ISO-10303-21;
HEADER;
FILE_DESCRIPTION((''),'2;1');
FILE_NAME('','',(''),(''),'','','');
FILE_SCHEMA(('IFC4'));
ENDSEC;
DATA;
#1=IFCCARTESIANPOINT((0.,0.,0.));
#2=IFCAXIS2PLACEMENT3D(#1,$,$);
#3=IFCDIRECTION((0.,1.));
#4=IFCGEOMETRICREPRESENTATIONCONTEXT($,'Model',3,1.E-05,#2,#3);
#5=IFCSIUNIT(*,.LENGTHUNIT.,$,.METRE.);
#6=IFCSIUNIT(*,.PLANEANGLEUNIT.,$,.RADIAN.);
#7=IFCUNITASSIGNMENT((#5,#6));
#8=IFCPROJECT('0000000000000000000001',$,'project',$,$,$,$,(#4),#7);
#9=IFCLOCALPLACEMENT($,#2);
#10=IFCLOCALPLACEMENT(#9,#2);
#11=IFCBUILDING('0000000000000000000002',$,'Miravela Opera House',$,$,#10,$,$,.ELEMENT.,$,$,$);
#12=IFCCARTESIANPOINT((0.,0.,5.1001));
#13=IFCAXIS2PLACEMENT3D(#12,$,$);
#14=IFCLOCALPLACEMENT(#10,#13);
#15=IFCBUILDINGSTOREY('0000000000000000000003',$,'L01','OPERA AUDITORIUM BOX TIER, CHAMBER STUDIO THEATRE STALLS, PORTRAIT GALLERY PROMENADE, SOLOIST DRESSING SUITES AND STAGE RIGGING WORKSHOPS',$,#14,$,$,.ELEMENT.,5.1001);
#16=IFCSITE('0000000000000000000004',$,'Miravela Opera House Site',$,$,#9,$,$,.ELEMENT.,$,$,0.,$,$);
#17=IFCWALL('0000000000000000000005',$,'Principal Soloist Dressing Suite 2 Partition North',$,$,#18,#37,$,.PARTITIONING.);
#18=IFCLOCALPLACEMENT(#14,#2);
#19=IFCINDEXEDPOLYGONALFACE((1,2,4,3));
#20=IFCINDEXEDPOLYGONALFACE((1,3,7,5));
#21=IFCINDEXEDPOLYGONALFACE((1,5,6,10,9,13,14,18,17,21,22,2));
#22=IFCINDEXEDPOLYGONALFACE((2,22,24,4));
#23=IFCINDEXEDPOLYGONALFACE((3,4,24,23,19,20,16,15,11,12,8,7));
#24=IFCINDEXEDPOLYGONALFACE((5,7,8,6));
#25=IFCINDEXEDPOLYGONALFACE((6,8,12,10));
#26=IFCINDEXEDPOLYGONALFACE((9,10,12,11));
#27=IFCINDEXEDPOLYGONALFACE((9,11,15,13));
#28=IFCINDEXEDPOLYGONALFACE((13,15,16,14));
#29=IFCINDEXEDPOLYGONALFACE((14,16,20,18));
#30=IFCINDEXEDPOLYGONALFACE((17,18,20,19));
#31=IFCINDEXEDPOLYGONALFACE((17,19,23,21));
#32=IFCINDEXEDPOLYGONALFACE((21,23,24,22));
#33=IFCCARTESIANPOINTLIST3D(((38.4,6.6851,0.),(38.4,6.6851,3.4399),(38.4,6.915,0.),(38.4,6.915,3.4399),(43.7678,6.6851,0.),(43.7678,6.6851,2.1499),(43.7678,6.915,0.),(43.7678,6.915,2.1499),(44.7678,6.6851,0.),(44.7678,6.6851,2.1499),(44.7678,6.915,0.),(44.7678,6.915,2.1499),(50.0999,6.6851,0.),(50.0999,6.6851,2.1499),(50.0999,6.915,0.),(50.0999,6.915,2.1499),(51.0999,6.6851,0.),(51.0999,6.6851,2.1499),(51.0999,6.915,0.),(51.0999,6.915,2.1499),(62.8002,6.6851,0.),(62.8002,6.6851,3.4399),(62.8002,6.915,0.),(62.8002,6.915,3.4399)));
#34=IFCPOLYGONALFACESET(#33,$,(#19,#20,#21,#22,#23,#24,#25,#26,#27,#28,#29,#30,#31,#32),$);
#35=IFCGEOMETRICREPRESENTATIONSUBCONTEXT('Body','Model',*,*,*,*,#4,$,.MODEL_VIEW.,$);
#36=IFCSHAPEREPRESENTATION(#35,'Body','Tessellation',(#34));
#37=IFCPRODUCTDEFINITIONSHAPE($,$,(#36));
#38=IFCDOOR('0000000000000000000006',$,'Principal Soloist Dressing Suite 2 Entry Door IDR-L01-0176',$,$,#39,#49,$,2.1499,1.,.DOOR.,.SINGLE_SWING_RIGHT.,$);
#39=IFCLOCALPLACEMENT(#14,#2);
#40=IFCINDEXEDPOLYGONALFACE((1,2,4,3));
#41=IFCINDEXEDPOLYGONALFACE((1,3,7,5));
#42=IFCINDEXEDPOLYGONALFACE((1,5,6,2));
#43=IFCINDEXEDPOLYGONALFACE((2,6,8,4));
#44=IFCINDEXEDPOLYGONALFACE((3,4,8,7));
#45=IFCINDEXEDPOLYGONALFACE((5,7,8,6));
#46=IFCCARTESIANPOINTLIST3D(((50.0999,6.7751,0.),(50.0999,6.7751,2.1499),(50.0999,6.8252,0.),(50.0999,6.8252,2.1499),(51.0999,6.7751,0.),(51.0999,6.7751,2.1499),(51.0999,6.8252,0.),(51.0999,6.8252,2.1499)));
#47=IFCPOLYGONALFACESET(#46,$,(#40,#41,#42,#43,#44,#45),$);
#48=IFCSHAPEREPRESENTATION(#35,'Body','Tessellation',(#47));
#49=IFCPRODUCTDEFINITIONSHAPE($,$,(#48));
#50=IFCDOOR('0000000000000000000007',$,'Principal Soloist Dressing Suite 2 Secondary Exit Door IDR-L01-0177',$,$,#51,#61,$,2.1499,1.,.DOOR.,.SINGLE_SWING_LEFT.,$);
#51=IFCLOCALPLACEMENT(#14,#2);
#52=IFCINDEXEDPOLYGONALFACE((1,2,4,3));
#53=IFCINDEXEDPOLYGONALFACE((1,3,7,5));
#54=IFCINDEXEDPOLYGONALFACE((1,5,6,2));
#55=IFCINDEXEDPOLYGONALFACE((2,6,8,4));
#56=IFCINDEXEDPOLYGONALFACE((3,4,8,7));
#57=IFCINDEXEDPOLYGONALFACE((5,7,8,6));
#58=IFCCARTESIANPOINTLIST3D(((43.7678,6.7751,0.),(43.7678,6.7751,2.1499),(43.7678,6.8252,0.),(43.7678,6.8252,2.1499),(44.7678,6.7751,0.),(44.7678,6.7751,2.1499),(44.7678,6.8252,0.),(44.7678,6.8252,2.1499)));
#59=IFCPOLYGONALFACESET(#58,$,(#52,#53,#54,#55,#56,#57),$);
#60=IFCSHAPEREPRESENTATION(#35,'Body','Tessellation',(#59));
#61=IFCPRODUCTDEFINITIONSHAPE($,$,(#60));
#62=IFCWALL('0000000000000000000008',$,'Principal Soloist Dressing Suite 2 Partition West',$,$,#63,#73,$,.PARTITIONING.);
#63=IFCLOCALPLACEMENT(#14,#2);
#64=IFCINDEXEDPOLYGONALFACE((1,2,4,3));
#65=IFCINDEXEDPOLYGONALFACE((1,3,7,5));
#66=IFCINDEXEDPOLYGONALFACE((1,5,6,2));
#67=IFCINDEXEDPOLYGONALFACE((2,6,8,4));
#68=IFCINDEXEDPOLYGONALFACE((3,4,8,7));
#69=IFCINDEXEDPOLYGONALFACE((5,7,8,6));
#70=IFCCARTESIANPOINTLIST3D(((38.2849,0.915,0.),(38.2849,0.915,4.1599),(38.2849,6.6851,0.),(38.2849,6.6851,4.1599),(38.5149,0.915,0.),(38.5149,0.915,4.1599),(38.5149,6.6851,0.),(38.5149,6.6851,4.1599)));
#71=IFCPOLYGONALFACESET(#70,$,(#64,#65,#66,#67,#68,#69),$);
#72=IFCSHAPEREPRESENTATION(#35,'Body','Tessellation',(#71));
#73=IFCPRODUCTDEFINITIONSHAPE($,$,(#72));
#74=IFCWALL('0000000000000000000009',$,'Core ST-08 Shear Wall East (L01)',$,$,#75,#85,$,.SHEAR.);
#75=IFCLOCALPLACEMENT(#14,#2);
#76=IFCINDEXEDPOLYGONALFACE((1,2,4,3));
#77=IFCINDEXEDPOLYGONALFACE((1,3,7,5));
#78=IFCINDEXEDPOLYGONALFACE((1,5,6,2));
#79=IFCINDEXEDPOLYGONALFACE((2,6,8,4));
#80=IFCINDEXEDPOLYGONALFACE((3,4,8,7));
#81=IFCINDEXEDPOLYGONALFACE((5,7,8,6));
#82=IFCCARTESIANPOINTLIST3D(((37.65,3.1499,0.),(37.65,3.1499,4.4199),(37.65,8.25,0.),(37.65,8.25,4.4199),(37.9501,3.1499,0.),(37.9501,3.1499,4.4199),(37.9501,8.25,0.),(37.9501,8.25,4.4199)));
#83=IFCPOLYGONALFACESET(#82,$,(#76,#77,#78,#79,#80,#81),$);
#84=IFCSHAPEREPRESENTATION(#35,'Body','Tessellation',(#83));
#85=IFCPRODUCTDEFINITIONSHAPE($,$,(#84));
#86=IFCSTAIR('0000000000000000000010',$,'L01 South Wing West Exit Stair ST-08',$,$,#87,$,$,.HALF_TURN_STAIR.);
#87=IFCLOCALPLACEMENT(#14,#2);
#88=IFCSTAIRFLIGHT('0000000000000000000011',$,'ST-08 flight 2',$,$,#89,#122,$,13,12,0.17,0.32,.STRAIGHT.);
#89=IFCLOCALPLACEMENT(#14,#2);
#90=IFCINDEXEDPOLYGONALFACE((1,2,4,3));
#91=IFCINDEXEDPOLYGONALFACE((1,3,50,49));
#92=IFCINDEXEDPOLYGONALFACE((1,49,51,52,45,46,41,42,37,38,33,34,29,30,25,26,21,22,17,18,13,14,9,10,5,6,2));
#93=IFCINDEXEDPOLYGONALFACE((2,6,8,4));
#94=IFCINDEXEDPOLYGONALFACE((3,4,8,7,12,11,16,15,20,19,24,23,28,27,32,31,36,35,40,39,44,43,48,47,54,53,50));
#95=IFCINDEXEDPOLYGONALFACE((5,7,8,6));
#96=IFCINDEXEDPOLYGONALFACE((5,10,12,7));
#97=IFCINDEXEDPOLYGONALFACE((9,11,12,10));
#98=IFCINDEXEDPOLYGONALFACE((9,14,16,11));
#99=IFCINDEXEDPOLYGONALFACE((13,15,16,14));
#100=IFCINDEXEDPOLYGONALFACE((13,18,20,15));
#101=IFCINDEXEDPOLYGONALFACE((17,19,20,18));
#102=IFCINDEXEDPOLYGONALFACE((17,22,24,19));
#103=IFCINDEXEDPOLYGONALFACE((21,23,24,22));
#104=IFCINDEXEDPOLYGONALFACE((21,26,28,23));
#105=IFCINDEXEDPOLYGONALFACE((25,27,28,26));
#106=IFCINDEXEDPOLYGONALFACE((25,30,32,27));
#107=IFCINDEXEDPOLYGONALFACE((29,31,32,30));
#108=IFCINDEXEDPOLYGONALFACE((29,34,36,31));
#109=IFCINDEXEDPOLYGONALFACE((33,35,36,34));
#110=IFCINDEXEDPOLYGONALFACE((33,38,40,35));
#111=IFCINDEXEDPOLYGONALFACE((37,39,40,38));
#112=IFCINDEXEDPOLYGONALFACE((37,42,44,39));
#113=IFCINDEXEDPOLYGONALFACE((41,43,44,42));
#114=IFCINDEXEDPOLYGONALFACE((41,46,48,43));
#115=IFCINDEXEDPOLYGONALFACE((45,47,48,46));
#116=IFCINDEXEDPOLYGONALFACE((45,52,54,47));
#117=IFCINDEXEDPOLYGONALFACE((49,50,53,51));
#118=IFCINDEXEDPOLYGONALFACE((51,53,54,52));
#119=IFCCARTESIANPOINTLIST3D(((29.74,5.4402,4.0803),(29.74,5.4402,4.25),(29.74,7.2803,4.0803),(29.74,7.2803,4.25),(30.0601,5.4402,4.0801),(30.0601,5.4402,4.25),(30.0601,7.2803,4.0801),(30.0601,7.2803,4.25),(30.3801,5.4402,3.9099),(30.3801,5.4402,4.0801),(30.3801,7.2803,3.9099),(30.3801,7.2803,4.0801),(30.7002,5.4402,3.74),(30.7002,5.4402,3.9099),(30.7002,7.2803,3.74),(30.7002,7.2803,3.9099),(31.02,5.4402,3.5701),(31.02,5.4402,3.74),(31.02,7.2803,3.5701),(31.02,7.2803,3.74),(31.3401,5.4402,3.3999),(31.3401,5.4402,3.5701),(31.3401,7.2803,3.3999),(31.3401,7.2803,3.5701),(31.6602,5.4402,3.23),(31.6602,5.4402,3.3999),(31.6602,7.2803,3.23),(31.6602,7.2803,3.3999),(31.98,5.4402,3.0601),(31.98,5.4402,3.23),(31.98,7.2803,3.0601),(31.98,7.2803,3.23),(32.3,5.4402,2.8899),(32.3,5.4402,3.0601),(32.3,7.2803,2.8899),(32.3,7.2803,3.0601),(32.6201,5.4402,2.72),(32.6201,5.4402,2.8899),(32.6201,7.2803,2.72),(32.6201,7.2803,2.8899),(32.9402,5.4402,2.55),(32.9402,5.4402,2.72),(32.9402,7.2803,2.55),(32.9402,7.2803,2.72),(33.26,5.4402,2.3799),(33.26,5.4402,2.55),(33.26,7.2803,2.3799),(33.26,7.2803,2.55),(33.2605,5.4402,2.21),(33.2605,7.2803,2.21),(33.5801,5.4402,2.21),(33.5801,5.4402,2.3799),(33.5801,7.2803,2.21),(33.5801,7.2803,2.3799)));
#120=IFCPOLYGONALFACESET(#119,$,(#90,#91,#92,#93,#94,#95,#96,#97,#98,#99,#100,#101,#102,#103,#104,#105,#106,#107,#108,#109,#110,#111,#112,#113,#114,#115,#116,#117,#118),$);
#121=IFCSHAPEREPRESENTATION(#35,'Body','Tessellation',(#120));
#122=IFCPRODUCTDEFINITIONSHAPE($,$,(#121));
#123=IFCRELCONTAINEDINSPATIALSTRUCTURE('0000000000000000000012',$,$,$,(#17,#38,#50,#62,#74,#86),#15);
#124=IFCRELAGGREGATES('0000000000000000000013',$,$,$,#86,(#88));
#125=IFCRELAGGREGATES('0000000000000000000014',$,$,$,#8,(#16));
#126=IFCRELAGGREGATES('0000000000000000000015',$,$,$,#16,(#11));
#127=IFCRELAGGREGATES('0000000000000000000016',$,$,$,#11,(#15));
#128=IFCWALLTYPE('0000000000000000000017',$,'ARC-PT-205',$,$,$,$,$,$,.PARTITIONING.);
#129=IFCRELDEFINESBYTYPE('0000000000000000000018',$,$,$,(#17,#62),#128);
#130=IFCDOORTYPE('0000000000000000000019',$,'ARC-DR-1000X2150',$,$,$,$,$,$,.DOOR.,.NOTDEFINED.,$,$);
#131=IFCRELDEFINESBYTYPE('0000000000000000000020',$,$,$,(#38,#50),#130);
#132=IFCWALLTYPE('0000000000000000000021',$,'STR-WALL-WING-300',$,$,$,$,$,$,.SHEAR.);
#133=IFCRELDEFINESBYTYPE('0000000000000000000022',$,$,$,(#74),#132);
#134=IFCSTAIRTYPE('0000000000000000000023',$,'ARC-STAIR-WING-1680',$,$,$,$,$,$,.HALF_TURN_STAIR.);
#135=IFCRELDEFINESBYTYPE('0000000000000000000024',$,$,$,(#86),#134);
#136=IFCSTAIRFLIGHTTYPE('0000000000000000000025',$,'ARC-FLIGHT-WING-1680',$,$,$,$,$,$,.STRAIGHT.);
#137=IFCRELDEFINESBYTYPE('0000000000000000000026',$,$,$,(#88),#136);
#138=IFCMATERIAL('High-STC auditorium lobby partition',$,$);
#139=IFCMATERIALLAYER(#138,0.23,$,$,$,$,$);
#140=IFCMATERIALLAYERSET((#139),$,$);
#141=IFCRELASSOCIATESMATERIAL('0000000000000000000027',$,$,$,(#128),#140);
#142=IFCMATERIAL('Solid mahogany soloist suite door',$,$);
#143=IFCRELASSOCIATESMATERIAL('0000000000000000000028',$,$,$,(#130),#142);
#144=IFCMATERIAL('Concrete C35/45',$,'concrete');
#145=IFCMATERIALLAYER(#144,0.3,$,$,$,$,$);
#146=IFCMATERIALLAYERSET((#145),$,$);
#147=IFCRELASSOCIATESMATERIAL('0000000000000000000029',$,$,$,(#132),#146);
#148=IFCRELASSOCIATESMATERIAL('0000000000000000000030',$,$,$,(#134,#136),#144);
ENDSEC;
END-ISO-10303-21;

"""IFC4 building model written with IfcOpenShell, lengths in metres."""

from ifc_helpers import new_model, si_unit, direction, frame, frame_2d, origin, place, context, subcontext, project, spatial, polyline, rectangle, outline, extrude, material, layer, layer_set, type_object, element, fill, aggregate, save


model = new_model("IFC4")

# Units and contexts
model_context = context("Model", 3, precision=1e-05, world=origin(), true_north=direction((0.0, 1.0)))
body_context = subcontext(model_context, "Body", "Model", "MODEL_VIEW")
ifc_project = project(units=[si_unit("LENGTHUNIT", "METRE"), si_unit("PLANEANGLEUNIT", "RADIAN")], contexts=[model_context])

# Site, building, storey
site_placement = place(None, origin())
site = spatial("IfcSite", under=ifc_project, at=site_placement, Name="Miravela Opera House Site", CompositionType="ELEMENT", RefElevation=0.0)
building_placement = place(site_placement, origin())
building = spatial("IfcBuilding", under=site, at=building_placement, Name="Miravela Opera House", CompositionType="ELEMENT")
storey_placement = place(building_placement, frame((0.0, 0.0, 5.1001)))
storey = spatial("IfcBuildingStorey", under=building, at=storey_placement, Name="L01", Description="OPERA AUDITORIUM BOX TIER, CHAMBER STUDIO THEATRE STALLS, PORTRAIT GALLERY PROMENADE, SOLOIST DRESSING SUITES AND STAGE RIGGING WORKSHOPS", CompositionType="ELEMENT", Elevation=5.1001)

# Shared definitions
ifc_material_1 = material(Name="Concrete C35/45", Category="concrete")

# Shared definitions
ifc_material_2 = material(Name="High-STC auditorium lobby partition")
ifc_layer_1 = layer(ifc_material_2, 0.23)
ifc_layer_set_1 = layer_set([ifc_layer_1])
wall_type_1 = type_object("IfcWallType", Name="ARC-PT-205", PredefinedType="PARTITIONING", material=ifc_layer_set_1)

# Wall, openings, doors
wall_1_placement = place(storey_placement, frame((38.3999, 6.8, 0.0), z_axis=(0.0, 0.0, 1.0), x_axis=(1.0, 0.0, 0.0)))
wall_1 = element("IfcWall", 1, at=wall_1_placement, inside=storey, type_object=wall_type_1, Name="Principal Soloist Dressing Suite 2 Partition North", PredefinedType="PARTITIONING", context=body_context, shape_type="SweptSolid", body=[
    extrude(rectangle(XDim=24.4001, YDim=0.23, at=frame_2d((12.2002, 0.0))), origin(), (0.0, 0.0, 1.0), 3.4399),
])
opening_1_placement = place(wall_1_placement, frame((11.7, 0.0, 0.0)))
opening_1 = element("IfcOpeningElement", 2, at=opening_1_placement, cuts=wall_1, PredefinedType="OPENING", context=body_context, shape_type="SweptSolid", body=[
    extrude(rectangle(XDim=1.0, YDim=2.1499, at=frame_2d((0.5, 1.075))), frame((0.0, 0.125, 0.0), z_axis=(0.0, -1.0, 0.0), x_axis=(1.0, 0.0, 0.0)), (0.0, 0.0, 1.0), 0.25),
])
opening_2_placement = place(wall_1_placement, frame((5.3679, 0.0, 0.0)))
opening_2 = element("IfcOpeningElement", 3, at=opening_2_placement, cuts=wall_1, PredefinedType="OPENING", context=body_context, shape_type="SweptSolid", body=[
    extrude(rectangle(XDim=1.0, YDim=2.1499, at=frame_2d((0.5, 1.075))), frame((0.0, 0.125, 0.0), z_axis=(0.0, -1.0, 0.0), x_axis=(1.0, 0.0, 0.0)), (0.0, 0.0, 1.0), 0.25),
])
ifc_material_3 = material(Name="Solid mahogany soloist suite door")
door_type = type_object("IfcDoorType", Name="ARC-DR-1000X2150", OperationType="NOTDEFINED", PredefinedType="DOOR", material=ifc_material_3)
door_1_placement = place(opening_1_placement, frame((1.0, 0.0, 0.0), z_axis=(0.0, 0.0, 1.0), x_axis=(-1.0, 0.0, 0.0)))
door_1 = element("IfcDoor", 4, at=door_1_placement, inside=storey, type_object=door_type, Name="Principal Soloist Dressing Suite 2 Entry Door IDR-L01-0176", OperationType="SINGLE_SWING_RIGHT", OverallHeight=2.1499, OverallWidth=1.0, PredefinedType="DOOR", context=body_context, shape_type="SweptSolid", body=[
    extrude(rectangle(XDim=1.0, YDim=2.1499, at=frame_2d((0.5, 1.075))), frame((0.0, 0.0249, 0.0), z_axis=(0.0, -1.0, 0.0), x_axis=(1.0, 0.0, 0.0)), (0.0, 0.0, 1.0), 0.05),
])
fill(opening_1, door_1)
door_2_placement = place(opening_2_placement, frame((1.0, 0.0, 0.0), z_axis=(0.0, 0.0, 1.0), x_axis=(-1.0, 0.0, 0.0)))
door_2 = element("IfcDoor", 5, at=door_2_placement, inside=storey, type_object=door_type, Name="Principal Soloist Dressing Suite 2 Secondary Exit Door IDR-L01-0177", OperationType="SINGLE_SWING_LEFT", OverallHeight=2.1499, OverallWidth=1.0, PredefinedType="DOOR", context=body_context, shape_type="SweptSolid", body=[
    extrude(rectangle(XDim=1.0, YDim=2.1499, at=frame_2d((0.5, 1.075))), frame((0.0, 0.0249, 0.0), z_axis=(0.0, -1.0, 0.0), x_axis=(1.0, 0.0, 0.0)), (0.0, 0.0, 1.0), 0.05),
])
fill(opening_2, door_2)

# Walls
wall_2_placement = place(storey_placement, frame((38.3999, 0.915, 0.0), z_axis=(0.0, 0.0, 1.0), x_axis=(0.0, 1.0, 0.0)))
element("IfcWall", 6, at=wall_2_placement, inside=storey, type_object=wall_type_1, Name="Principal Soloist Dressing Suite 2 Partition West", PredefinedType="PARTITIONING", context=body_context, shape_type="SweptSolid", body=[
    extrude(rectangle(XDim=5.77, YDim=0.23, at=frame_2d((2.885, 0.0))), origin(), (0.0, 0.0, 1.0), 4.1599),
])
ifc_layer_2 = layer(ifc_material_1, 0.3)
ifc_layer_set_2 = layer_set([ifc_layer_2])
wall_type_2 = type_object("IfcWallType", Name="STR-WALL-WING-300", PredefinedType="SHEAR", material=ifc_layer_set_2)
wall_3_placement = place(storey_placement, frame((37.8, 3.1499, 0.0), z_axis=(0.0, 0.0, 1.0), x_axis=(0.0, 1.0, 0.0)))
element("IfcWall", 7, at=wall_3_placement, inside=storey, type_object=wall_type_2, Name="Core ST-08 Shear Wall East (L01)", PredefinedType="SHEAR", context=body_context, shape_type="SweptSolid", body=[
    extrude(rectangle(XDim=5.1001, YDim=0.3, at=frame_2d((2.55, 0.0))), origin(), (0.0, 0.0, 1.0), 4.4199),
])

# Stair, stair flight
stair_type = type_object("IfcStairType", Name="ARC-STAIR-WING-1680", PredefinedType="HALF_TURN_STAIR", material=ifc_material_1)
stair_placement = place(storey_placement, origin())
stair = element("IfcStair", 8, at=stair_placement, inside=storey, type_object=stair_type, Name="L01 South Wing West Exit Stair ST-08", PredefinedType="HALF_TURN_STAIR")
stair_flight_type = type_object("IfcStairFlightType", Name="ARC-FLIGHT-WING-1680", PredefinedType="STRAIGHT", material=ifc_material_1)
stair_flight_placement = place(storey_placement, frame((33.5801, 6.3601, 2.21), z_axis=(0.0, 0.0, 1.0), x_axis=(-1.0, 0.0, 0.0)))
stair_flight = element("IfcStairFlight", 9, at=stair_flight_placement, type_object=stair_flight_type, Name="ST-08 flight 2", NumberOfRisers=13, NumberOfTreads=12, PredefinedType="STRAIGHT", RiserHeight=0.17, TreadLength=0.32, context=body_context, shape_type="SweptSolid", body=[
    extrude(outline(polyline([(0.0, 0.0), (0.0, 0.1699), (0.3201, 0.1699), (0.3201, 0.3401), (0.6399, 0.3401), (0.6399, 0.51), (0.96, 0.51), (0.96, 0.6799), (1.28, 0.6799), (1.28, 0.8501), (1.6001, 0.8501), (1.6001, 1.02), (1.9199, 1.02), (1.9199, 1.1899), (2.24, 1.1899), (2.24, 1.3601), (2.5601, 1.3601), (2.5601, 1.53), (2.8799, 1.53), (2.8799, 1.7), (3.2, 1.7), (3.2, 1.8701), (3.52, 1.8701), (3.52, 2.04), (3.8401, 2.04), (3.8401, 2.21), (3.8401, 1.8704), (0.3196, 0.0), (0.0, 0.0)])), frame((0.0, 0.9199, 0.0), z_axis=(0.0, -1.0, 0.0), x_axis=(1.0, 0.0, 0.0)), (0.0, 0.0, 1.0), 1.8401),
])
aggregate(stair, [stair_flight])

save(model, "model.ifc")
